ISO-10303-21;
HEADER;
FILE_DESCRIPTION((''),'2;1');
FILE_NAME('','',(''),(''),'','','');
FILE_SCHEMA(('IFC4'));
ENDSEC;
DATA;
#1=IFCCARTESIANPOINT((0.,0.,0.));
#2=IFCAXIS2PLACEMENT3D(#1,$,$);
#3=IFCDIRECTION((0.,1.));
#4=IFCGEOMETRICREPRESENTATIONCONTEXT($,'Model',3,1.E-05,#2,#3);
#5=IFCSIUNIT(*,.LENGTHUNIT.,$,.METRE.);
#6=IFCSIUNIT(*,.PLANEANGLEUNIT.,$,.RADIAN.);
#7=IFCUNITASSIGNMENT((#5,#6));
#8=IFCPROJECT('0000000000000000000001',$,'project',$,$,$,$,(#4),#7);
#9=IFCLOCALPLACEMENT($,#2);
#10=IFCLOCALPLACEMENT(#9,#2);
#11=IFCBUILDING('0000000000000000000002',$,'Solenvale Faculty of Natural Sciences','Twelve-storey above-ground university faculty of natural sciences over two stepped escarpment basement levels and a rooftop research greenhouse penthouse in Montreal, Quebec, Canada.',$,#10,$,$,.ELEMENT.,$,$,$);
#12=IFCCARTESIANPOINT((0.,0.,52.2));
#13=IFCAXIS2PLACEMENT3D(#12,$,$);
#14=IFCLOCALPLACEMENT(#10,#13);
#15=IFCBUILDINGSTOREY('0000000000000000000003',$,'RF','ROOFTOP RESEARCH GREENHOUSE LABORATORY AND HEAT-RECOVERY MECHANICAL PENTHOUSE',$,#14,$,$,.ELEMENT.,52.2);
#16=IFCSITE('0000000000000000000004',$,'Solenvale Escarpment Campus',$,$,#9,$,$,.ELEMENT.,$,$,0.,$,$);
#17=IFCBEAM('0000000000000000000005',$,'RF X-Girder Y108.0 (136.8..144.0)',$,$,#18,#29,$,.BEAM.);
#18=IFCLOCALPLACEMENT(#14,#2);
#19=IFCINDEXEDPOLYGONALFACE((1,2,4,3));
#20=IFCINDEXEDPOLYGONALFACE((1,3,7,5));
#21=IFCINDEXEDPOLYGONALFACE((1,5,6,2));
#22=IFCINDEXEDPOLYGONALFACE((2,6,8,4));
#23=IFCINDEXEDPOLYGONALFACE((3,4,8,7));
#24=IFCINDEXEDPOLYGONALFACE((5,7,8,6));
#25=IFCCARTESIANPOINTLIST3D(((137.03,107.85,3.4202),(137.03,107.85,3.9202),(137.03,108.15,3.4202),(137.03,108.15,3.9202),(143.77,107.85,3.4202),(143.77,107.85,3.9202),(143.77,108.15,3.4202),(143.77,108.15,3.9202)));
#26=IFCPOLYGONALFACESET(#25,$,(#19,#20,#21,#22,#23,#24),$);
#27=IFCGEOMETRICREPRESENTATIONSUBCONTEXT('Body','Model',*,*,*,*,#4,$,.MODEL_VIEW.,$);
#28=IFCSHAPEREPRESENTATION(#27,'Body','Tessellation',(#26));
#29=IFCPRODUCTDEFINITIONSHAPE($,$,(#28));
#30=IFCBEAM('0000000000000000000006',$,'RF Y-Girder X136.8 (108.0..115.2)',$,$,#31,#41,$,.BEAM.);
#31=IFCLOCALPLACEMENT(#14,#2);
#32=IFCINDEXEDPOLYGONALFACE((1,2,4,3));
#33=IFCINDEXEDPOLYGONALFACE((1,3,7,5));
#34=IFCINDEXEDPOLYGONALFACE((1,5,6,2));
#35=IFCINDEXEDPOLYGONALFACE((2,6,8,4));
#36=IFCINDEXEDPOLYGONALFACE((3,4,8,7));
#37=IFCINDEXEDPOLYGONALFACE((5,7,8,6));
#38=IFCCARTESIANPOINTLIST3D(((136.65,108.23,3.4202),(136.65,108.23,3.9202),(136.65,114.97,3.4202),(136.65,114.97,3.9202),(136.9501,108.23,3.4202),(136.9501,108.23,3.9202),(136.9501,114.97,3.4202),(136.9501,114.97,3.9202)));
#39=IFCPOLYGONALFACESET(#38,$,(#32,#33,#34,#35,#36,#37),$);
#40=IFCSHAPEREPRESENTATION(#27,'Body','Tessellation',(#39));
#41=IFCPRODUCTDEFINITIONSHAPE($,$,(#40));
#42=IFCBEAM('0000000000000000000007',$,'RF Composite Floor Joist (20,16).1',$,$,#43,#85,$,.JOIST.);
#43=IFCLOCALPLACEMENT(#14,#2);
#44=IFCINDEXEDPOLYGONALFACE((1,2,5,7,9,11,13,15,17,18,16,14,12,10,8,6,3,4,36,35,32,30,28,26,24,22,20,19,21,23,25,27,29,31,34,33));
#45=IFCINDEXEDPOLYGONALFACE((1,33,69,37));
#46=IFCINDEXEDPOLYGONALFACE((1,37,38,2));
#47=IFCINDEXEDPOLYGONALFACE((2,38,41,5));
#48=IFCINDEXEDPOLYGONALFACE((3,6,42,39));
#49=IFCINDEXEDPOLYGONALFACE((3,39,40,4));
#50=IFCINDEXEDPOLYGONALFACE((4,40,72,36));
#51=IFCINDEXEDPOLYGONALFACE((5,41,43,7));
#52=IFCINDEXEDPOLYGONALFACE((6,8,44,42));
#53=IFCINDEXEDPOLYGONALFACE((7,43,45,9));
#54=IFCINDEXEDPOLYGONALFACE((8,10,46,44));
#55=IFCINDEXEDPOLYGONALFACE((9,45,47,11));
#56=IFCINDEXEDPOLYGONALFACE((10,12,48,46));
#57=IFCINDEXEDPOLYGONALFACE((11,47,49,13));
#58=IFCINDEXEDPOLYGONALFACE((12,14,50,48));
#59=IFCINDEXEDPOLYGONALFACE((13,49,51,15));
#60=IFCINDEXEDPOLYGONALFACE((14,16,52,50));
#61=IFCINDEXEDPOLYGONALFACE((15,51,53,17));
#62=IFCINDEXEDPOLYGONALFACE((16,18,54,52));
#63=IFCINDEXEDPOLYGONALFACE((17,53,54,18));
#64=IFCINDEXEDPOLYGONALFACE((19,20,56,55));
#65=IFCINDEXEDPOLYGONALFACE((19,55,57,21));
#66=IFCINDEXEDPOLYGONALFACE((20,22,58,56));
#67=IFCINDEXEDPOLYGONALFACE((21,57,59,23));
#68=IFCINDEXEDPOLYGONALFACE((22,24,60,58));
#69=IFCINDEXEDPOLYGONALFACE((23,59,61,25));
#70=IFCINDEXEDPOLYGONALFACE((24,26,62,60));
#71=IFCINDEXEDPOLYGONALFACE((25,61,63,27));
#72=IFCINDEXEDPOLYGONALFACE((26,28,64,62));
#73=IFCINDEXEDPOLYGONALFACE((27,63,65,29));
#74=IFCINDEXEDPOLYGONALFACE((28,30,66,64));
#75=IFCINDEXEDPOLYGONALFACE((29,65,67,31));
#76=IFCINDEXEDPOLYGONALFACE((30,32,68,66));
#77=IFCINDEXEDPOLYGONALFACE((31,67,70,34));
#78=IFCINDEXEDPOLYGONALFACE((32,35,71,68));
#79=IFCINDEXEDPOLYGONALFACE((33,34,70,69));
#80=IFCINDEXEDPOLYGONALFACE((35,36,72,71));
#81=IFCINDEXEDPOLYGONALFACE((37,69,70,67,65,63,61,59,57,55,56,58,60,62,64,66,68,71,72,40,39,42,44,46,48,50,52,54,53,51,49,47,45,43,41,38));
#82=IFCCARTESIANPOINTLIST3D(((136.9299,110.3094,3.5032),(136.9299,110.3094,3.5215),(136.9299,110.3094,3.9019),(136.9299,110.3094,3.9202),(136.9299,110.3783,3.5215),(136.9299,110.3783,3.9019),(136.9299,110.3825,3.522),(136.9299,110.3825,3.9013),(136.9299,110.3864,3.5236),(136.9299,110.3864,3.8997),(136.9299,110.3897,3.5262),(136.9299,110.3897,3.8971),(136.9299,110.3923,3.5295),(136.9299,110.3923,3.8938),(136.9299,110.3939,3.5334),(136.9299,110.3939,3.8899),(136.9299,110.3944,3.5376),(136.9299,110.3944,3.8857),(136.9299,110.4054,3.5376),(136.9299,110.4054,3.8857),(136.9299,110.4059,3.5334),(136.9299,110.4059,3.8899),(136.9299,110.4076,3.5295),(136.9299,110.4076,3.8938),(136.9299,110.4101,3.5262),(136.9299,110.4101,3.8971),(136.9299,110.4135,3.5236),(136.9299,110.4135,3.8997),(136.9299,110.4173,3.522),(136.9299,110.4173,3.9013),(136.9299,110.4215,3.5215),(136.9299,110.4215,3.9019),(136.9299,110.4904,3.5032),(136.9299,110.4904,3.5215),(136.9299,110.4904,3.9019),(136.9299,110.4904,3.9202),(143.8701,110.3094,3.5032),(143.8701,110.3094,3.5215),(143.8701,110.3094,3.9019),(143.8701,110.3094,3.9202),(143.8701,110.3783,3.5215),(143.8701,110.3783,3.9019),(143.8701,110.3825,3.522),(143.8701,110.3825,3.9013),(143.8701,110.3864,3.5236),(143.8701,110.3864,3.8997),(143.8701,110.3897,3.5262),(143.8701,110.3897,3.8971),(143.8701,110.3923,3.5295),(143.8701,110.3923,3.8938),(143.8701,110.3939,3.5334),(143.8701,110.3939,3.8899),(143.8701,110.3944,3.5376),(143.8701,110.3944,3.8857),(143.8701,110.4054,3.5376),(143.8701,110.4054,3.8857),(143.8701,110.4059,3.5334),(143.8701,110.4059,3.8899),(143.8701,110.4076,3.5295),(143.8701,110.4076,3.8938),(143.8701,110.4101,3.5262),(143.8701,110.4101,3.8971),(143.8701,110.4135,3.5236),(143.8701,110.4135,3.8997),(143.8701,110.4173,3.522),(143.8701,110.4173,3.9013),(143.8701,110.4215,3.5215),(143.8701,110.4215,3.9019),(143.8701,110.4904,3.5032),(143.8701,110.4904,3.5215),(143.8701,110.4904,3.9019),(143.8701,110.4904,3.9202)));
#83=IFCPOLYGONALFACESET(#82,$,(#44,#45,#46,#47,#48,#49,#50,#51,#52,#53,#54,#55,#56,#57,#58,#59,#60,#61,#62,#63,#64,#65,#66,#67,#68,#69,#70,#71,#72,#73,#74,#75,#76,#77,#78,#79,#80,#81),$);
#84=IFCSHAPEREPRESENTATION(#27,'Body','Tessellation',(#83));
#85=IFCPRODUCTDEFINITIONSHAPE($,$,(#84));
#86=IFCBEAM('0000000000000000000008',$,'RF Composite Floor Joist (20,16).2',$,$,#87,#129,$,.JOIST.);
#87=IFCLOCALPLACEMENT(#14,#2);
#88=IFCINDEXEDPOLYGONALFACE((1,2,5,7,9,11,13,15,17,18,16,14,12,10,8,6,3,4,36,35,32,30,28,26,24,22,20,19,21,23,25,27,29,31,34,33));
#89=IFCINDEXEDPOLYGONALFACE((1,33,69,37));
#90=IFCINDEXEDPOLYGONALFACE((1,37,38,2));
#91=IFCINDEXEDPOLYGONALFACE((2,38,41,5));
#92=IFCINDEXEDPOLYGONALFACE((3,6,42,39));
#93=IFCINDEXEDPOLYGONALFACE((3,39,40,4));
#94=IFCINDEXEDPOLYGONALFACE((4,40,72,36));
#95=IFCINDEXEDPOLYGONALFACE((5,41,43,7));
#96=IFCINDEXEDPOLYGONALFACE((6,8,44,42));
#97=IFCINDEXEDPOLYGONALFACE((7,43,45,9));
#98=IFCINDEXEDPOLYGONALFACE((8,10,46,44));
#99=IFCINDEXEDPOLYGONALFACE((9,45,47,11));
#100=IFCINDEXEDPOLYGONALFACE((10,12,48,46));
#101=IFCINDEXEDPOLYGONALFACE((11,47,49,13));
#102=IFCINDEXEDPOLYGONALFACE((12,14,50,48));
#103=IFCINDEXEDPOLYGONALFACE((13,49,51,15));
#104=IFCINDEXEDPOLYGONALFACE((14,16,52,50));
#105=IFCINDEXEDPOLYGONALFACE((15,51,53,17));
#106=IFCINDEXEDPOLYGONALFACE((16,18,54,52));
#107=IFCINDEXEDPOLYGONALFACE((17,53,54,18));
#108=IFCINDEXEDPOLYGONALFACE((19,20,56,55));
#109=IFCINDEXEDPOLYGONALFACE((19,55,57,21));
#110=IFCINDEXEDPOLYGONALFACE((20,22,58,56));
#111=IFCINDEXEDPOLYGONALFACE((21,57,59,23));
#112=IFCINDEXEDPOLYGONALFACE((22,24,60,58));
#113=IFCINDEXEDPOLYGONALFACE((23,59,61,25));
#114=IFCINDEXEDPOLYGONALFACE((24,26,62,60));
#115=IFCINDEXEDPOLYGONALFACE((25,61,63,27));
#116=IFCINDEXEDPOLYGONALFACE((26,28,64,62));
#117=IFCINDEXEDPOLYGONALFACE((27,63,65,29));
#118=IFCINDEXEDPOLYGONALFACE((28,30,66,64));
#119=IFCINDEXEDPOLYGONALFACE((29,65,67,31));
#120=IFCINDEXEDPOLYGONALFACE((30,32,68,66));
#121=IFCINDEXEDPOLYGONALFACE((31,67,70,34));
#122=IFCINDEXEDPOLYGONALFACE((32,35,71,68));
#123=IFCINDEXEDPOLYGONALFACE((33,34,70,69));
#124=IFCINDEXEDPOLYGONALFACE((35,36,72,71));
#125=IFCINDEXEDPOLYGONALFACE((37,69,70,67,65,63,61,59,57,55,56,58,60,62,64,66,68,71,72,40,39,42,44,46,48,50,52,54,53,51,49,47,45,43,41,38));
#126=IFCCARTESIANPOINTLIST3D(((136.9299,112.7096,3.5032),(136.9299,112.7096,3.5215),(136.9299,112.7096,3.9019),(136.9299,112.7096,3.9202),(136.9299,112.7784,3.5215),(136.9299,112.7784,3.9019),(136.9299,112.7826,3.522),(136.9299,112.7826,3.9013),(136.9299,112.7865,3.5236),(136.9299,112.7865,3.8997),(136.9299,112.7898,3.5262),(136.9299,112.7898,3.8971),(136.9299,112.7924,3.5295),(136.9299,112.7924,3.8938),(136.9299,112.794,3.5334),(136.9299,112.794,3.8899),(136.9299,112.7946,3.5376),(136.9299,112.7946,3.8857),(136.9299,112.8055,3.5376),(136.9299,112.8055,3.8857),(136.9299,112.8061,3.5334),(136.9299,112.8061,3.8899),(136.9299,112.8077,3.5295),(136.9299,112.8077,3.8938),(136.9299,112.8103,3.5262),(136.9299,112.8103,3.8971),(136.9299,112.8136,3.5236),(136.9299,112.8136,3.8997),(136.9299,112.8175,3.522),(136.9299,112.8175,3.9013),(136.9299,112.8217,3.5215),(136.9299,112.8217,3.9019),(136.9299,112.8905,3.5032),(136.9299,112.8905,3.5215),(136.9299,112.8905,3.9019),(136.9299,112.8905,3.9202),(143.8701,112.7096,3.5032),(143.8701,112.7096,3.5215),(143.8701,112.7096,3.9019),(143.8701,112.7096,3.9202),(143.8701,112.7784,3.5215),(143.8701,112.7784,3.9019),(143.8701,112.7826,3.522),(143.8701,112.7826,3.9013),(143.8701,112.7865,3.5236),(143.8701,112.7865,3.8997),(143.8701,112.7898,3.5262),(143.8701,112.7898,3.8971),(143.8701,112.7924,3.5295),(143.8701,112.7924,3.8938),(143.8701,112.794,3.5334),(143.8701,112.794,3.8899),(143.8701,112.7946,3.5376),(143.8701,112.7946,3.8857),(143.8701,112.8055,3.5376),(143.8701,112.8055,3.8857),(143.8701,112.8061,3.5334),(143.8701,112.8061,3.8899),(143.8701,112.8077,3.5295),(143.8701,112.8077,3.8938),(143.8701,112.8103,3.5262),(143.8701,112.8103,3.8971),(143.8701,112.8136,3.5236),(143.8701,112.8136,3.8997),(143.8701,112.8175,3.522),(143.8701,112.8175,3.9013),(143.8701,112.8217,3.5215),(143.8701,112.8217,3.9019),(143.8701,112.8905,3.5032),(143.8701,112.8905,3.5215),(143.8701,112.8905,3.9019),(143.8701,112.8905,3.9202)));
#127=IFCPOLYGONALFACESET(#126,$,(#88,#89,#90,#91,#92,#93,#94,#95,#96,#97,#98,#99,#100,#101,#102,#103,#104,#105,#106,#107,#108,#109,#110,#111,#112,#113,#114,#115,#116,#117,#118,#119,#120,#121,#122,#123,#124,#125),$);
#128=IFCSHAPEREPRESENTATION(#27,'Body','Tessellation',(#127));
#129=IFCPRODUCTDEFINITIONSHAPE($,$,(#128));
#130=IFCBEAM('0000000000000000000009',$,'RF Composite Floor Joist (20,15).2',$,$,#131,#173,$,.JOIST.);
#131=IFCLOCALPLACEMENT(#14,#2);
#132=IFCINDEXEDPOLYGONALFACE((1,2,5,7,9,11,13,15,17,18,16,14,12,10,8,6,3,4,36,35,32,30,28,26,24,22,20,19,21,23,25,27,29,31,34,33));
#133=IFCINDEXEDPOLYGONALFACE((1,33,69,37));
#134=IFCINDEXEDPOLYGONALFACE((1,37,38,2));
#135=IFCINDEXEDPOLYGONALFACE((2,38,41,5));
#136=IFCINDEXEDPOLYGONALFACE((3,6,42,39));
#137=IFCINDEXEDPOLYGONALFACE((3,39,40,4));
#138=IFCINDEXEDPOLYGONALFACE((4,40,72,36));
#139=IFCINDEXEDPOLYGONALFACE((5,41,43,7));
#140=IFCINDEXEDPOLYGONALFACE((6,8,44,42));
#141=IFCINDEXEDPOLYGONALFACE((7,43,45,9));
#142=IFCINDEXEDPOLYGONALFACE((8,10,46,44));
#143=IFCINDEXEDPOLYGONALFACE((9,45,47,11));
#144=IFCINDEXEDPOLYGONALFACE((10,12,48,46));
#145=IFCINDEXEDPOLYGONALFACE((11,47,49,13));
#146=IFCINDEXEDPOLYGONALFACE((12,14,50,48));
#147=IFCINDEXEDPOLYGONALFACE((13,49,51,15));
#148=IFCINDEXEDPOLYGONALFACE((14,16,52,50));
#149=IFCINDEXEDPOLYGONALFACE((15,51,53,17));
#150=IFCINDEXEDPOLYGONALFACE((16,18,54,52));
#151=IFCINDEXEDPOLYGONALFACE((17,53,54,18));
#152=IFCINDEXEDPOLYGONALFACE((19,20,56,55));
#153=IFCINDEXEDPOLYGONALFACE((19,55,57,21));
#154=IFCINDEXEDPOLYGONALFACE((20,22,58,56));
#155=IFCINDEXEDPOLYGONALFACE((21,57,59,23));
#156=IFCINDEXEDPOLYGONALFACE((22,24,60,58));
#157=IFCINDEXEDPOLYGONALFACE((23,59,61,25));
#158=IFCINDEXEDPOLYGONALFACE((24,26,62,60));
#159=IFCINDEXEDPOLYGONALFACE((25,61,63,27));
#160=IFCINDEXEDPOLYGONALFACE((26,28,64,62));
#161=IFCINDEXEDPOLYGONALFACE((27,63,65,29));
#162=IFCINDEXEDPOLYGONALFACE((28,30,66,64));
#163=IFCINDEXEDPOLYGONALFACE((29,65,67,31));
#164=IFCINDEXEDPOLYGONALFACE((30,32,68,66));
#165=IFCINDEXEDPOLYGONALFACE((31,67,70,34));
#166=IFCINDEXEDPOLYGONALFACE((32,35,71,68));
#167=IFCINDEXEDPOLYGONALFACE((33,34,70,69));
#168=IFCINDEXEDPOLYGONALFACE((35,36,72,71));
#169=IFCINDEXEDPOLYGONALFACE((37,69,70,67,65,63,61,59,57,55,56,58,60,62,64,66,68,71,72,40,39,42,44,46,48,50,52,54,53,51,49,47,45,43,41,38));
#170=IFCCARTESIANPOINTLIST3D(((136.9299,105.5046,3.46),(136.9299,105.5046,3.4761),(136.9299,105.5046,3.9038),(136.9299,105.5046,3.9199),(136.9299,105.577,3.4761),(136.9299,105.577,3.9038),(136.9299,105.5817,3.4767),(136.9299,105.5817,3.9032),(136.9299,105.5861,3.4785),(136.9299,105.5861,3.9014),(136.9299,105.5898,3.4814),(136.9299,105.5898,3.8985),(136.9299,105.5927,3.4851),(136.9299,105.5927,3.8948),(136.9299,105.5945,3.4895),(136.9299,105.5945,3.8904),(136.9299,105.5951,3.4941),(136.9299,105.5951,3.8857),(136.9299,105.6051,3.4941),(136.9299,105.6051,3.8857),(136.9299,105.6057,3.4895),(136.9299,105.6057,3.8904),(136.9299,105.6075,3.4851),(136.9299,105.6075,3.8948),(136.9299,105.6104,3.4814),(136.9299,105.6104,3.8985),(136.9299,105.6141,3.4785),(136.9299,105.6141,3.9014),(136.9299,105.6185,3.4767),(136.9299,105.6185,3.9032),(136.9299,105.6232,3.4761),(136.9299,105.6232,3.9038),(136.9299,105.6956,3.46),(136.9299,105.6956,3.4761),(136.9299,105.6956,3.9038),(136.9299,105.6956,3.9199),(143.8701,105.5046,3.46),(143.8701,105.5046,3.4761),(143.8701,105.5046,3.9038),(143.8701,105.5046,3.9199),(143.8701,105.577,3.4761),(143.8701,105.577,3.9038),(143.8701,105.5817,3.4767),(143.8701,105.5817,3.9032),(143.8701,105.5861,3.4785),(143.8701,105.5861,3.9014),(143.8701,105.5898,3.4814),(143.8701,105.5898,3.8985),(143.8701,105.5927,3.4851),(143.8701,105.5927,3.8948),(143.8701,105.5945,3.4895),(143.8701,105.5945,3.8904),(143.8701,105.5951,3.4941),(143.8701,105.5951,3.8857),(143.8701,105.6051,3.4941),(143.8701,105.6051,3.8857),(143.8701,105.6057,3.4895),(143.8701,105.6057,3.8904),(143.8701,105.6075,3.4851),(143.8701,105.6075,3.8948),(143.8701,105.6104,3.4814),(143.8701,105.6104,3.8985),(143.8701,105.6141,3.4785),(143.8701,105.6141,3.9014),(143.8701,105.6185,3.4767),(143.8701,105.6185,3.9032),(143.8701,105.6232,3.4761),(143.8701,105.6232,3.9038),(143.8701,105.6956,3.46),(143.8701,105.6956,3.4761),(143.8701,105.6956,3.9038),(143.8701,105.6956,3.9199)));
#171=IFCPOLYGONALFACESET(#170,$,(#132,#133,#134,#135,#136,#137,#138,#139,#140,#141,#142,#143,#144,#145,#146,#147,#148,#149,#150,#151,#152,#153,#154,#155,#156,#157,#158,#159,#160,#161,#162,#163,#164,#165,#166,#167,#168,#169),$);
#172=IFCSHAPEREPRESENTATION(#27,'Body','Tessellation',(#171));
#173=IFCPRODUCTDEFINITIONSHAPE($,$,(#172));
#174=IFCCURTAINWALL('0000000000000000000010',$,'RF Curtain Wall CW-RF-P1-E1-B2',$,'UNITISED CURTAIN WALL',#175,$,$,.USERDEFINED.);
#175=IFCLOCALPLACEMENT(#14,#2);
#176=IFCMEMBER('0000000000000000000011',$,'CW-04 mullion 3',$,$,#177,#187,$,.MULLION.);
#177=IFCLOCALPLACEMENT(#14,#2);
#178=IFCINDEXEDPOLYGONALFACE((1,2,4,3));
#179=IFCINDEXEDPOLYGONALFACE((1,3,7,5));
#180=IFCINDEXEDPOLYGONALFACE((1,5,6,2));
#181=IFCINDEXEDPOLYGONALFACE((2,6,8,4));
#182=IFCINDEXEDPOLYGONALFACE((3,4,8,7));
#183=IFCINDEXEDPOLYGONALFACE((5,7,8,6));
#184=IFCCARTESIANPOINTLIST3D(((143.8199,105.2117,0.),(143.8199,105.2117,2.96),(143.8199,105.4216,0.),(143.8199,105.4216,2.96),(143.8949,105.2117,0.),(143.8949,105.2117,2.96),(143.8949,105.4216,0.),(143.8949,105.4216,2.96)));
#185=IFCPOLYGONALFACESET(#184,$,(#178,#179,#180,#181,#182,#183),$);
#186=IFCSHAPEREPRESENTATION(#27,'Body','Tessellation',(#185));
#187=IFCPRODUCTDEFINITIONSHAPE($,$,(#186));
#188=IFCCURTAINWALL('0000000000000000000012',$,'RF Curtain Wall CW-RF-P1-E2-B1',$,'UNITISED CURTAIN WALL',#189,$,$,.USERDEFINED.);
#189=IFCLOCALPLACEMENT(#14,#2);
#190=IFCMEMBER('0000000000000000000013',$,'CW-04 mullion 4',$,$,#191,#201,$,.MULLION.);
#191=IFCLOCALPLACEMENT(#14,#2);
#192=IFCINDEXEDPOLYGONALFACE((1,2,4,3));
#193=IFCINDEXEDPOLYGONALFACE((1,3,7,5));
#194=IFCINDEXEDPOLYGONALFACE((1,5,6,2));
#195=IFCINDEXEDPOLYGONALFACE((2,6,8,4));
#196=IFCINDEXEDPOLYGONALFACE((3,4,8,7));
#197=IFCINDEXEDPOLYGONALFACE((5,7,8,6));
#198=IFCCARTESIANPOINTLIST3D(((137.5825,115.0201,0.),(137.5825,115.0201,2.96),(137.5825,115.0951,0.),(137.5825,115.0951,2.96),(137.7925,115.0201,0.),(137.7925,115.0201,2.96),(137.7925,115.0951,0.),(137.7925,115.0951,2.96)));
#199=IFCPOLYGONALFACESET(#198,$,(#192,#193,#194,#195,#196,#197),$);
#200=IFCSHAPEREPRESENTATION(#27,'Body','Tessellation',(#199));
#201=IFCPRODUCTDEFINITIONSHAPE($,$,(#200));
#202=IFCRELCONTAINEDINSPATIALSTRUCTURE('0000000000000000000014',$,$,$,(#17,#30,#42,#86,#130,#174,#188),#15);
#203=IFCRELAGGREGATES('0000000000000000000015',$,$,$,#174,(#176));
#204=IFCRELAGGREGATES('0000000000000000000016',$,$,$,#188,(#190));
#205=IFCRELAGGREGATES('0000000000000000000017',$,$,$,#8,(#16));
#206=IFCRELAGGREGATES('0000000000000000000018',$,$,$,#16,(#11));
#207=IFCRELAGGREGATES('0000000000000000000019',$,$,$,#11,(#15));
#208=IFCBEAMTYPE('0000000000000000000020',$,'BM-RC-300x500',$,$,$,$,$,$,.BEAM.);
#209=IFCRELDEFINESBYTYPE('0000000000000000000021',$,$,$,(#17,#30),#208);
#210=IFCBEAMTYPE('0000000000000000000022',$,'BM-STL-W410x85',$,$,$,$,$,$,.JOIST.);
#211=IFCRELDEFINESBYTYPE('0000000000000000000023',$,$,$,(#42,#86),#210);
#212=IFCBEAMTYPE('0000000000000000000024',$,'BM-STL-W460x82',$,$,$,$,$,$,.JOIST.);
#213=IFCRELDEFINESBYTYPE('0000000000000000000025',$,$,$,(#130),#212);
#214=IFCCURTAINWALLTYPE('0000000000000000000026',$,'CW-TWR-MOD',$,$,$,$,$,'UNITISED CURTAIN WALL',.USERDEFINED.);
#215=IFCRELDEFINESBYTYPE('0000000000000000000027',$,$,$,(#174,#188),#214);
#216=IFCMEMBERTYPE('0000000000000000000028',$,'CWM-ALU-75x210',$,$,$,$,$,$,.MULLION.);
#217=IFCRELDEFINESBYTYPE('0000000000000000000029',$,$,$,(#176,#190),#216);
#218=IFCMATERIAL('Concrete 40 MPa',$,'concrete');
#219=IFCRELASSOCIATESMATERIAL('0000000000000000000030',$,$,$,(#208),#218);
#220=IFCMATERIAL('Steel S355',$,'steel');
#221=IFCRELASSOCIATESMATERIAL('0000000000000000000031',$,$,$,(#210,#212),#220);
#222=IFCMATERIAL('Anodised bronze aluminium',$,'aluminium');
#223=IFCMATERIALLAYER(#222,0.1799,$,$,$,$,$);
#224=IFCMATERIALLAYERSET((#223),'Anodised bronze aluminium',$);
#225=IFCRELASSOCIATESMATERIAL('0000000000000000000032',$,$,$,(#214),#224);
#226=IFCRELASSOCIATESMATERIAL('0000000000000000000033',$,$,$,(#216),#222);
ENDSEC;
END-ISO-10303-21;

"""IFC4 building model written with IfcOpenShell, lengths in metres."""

from ifc_helpers import new_model, si_unit, direction, frame, origin, origin_2d, place, context, subcontext, project, spatial, rectangle, i_section, extrude, material, layer, layer_set, material_profile, profile_set, type_object, element, aggregate, save


model = new_model("IFC4")

# Units and contexts
model_context = context("Model", 3, precision=1e-05, world=origin(), true_north=direction((0.0, 1.0)))
body_context = subcontext(model_context, "Body", "Model", "MODEL_VIEW")
ifc_project = project(units=[si_unit("LENGTHUNIT", "METRE"), si_unit("PLANEANGLEUNIT", "RADIAN")], contexts=[model_context])

# Site, building, storey
site_placement = place(None, origin())
site = spatial("IfcSite", under=ifc_project, at=site_placement, Name="Solenvale Escarpment Campus", CompositionType="ELEMENT", RefElevation=0.0)
building_placement = place(site_placement, origin())
building = spatial("IfcBuilding", under=site, at=building_placement, Name="Solenvale Faculty of Natural Sciences", Description="Twelve-storey above-ground university faculty of natural sciences over two stepped escarpment basement levels and a rooftop research greenhouse penthouse in Montreal, Quebec, Canada.", CompositionType="ELEMENT")
storey_placement = place(building_placement, frame((0.0, 0.0, 52.2)))
storey = spatial("IfcBuildingStorey", under=building, at=storey_placement, Name="RF", Description="ROOFTOP RESEARCH GREENHOUSE LABORATORY AND HEAT-RECOVERY MECHANICAL PENTHOUSE", CompositionType="ELEMENT", Elevation=52.2)

# Beams
ifc_material_1 = material(Name="Concrete 40 MPa", Category="concrete")
ifc_material_profile_1 = material_profile(ifc_material_1, rectangle(XDim=0.3, YDim=0.5, at=origin_2d()), Name="RC-BM-300x500")
ifc_profile_set_1 = profile_set([ifc_material_profile_1], Name="Concrete 40 MPa")
beam_type_1 = type_object("IfcBeamType", Name="BM-RC-300x500", PredefinedType="BEAM", material=ifc_profile_set_1)
for number, where, z_axis, x_axis, name in (
    (1, (137.03, 108.0, 3.6702), (1.0, 0.0, 0.0), (0.0, 1.0, 0.0), "RF X-Girder Y108.0 (136.8..144.0)"),
    (2, (136.8, 108.23, 3.6702), (0.0, 1.0, 0.0), (-1.0, 0.0, 0.0), "RF Y-Girder X136.8 (108.0..115.2)"),
):
    element("IfcBeam", number, at=place(storey_placement, frame(where, z_axis=z_axis, x_axis=x_axis)), inside=storey, type_object=beam_type_1, Name=name, PredefinedType="BEAM", context=body_context, shape_type="SweptSolid", body=[
        extrude(rectangle(XDim=0.3, YDim=0.5, at=origin_2d()), origin(), (0.0, 0.0, 1.0), 6.74),
    ])
ifc_material_2 = material(Name="Steel S355", Category="steel")
ifc_material_profile_2 = material_profile(ifc_material_2, i_section(OverallWidth=0.1809, OverallDepth=0.417, WebThickness=0.011, FlangeThickness=0.0183, FilletRadius=0.0161, at=origin_2d()), Name="W410x85")
ifc_profile_set_2 = profile_set([ifc_material_profile_2], Name="Steel S355")
beam_type_2 = type_object("IfcBeamType", Name="BM-STL-W410x85", PredefinedType="JOIST", material=ifc_profile_set_2)
for number, where, z_axis, x_axis, name in (
    (3, (136.9299, 110.3999, 3.7117), (1.0, 0.0, 0.0), (0.0, 1.0, 0.0), "RF Composite Floor Joist (20,16).1"),
    (4, (136.9299, 112.8, 3.7117), (1.0, 0.0, 0.0), (0.0, 1.0, 0.0), "RF Composite Floor Joist (20,16).2"),
):
    element("IfcBeam", number, at=place(storey_placement, frame(where, z_axis=z_axis, x_axis=x_axis)), inside=storey, type_object=beam_type_2, Name=name, PredefinedType="JOIST", context=body_context, shape_type="SweptSolid", body=[
        extrude(i_section(OverallWidth=0.1809, OverallDepth=0.417, WebThickness=0.011, FlangeThickness=0.0183, FilletRadius=0.0161, at=origin_2d()), origin(), (0.0, 0.0, 1.0), 6.9402),
    ])
ifc_material_profile_3 = material_profile(ifc_material_2, i_section(OverallWidth=0.1909, OverallDepth=0.46, WebThickness=0.01, FlangeThickness=0.0161, FilletRadius=0.0181, at=origin_2d()), Name="W460x82")
ifc_profile_set_3 = profile_set([ifc_material_profile_3], Name="Steel S355")
beam_type_3 = type_object("IfcBeamType", Name="BM-STL-W460x82", PredefinedType="JOIST", material=ifc_profile_set_3)
beam_placement = place(storey_placement, frame((136.9299, 105.6001, 3.6899), z_axis=(1.0, 0.0, 0.0), x_axis=(0.0, 1.0, 0.0)))
element("IfcBeam", 5, at=beam_placement, inside=storey, type_object=beam_type_3, Name="RF Composite Floor Joist (20,15).2", PredefinedType="JOIST", context=body_context, shape_type="SweptSolid", body=[
    extrude(i_section(OverallWidth=0.1909, OverallDepth=0.46, WebThickness=0.01, FlangeThickness=0.0161, FilletRadius=0.0181, at=origin_2d()), origin(), (0.0, 0.0, 1.0), 6.9402),
])

# Curtain walls, members
ifc_material_3 = material(Name="Anodised bronze aluminium", Category="aluminium")
ifc_layer_1 = layer(ifc_material_3, 0.1799)
ifc_layer_set_1 = layer_set([ifc_layer_1], Name="Anodised bronze aluminium")
curtain_wall_type = type_object("IfcCurtainWallType", Name="CW-TWR-MOD", ElementType="UNITISED CURTAIN WALL", PredefinedType="USERDEFINED", material=ifc_layer_set_1)
curtain_wall_1_placement = place(storey_placement, origin())
curtain_wall_1 = element("IfcCurtainWall", 6, at=curtain_wall_1_placement, inside=storey, type_object=curtain_wall_type, Name="RF Curtain Wall CW-RF-P1-E1-B2", ObjectType="UNITISED CURTAIN WALL", PredefinedType="USERDEFINED")
ifc_material_profile_4 = material_profile(ifc_material_3, rectangle(XDim=0.075, YDim=0.21, at=origin_2d()), Name="ALU-MUL-75x210")
ifc_profile_set_4 = profile_set([ifc_material_profile_4], Name="Anodised bronze aluminium")
member_type_1 = type_object("IfcMemberType", Name="CWM-ALU-75x210", PredefinedType="MULLION", material=ifc_profile_set_4)
member_1_placement = place(storey_placement, frame((143.8574, 105.3167, 0.0), z_axis=(0.0, 0.0, 1.0), x_axis=(-1.0, 0.0, 0.0)))
member_1 = element("IfcMember", 7, at=member_1_placement, type_object=member_type_1, Name="CW-04 mullion 3", PredefinedType="MULLION", context=body_context, shape_type="SweptSolid", body=[
    extrude(rectangle(XDim=0.075, YDim=0.21, at=origin_2d()), origin(), (0.0, 0.0, 1.0), 2.96),
])
curtain_wall_2_placement = place(storey_placement, origin())
curtain_wall_2 = element("IfcCurtainWall", 8, at=curtain_wall_2_placement, inside=storey, type_object=curtain_wall_type, Name="RF Curtain Wall CW-RF-P1-E2-B1", ObjectType="UNITISED CURTAIN WALL", PredefinedType="USERDEFINED")
member_2_placement = place(storey_placement, frame((137.6875, 115.0576, 0.0), z_axis=(0.0, 0.0, 1.0), x_axis=(0.0, -1.0, 0.0)))
member_2 = element("IfcMember", 9, at=member_2_placement, type_object=member_type_1, Name="CW-04 mullion 4", PredefinedType="MULLION", context=body_context, shape_type="SweptSolid", body=[
    extrude(rectangle(XDim=0.075, YDim=0.21, at=origin_2d()), origin(), (0.0, 0.0, 1.0), 2.96),
])

aggregate(curtain_wall_1, [member_1])
aggregate(curtain_wall_2, [member_2])

save(model, "model.ifc")
